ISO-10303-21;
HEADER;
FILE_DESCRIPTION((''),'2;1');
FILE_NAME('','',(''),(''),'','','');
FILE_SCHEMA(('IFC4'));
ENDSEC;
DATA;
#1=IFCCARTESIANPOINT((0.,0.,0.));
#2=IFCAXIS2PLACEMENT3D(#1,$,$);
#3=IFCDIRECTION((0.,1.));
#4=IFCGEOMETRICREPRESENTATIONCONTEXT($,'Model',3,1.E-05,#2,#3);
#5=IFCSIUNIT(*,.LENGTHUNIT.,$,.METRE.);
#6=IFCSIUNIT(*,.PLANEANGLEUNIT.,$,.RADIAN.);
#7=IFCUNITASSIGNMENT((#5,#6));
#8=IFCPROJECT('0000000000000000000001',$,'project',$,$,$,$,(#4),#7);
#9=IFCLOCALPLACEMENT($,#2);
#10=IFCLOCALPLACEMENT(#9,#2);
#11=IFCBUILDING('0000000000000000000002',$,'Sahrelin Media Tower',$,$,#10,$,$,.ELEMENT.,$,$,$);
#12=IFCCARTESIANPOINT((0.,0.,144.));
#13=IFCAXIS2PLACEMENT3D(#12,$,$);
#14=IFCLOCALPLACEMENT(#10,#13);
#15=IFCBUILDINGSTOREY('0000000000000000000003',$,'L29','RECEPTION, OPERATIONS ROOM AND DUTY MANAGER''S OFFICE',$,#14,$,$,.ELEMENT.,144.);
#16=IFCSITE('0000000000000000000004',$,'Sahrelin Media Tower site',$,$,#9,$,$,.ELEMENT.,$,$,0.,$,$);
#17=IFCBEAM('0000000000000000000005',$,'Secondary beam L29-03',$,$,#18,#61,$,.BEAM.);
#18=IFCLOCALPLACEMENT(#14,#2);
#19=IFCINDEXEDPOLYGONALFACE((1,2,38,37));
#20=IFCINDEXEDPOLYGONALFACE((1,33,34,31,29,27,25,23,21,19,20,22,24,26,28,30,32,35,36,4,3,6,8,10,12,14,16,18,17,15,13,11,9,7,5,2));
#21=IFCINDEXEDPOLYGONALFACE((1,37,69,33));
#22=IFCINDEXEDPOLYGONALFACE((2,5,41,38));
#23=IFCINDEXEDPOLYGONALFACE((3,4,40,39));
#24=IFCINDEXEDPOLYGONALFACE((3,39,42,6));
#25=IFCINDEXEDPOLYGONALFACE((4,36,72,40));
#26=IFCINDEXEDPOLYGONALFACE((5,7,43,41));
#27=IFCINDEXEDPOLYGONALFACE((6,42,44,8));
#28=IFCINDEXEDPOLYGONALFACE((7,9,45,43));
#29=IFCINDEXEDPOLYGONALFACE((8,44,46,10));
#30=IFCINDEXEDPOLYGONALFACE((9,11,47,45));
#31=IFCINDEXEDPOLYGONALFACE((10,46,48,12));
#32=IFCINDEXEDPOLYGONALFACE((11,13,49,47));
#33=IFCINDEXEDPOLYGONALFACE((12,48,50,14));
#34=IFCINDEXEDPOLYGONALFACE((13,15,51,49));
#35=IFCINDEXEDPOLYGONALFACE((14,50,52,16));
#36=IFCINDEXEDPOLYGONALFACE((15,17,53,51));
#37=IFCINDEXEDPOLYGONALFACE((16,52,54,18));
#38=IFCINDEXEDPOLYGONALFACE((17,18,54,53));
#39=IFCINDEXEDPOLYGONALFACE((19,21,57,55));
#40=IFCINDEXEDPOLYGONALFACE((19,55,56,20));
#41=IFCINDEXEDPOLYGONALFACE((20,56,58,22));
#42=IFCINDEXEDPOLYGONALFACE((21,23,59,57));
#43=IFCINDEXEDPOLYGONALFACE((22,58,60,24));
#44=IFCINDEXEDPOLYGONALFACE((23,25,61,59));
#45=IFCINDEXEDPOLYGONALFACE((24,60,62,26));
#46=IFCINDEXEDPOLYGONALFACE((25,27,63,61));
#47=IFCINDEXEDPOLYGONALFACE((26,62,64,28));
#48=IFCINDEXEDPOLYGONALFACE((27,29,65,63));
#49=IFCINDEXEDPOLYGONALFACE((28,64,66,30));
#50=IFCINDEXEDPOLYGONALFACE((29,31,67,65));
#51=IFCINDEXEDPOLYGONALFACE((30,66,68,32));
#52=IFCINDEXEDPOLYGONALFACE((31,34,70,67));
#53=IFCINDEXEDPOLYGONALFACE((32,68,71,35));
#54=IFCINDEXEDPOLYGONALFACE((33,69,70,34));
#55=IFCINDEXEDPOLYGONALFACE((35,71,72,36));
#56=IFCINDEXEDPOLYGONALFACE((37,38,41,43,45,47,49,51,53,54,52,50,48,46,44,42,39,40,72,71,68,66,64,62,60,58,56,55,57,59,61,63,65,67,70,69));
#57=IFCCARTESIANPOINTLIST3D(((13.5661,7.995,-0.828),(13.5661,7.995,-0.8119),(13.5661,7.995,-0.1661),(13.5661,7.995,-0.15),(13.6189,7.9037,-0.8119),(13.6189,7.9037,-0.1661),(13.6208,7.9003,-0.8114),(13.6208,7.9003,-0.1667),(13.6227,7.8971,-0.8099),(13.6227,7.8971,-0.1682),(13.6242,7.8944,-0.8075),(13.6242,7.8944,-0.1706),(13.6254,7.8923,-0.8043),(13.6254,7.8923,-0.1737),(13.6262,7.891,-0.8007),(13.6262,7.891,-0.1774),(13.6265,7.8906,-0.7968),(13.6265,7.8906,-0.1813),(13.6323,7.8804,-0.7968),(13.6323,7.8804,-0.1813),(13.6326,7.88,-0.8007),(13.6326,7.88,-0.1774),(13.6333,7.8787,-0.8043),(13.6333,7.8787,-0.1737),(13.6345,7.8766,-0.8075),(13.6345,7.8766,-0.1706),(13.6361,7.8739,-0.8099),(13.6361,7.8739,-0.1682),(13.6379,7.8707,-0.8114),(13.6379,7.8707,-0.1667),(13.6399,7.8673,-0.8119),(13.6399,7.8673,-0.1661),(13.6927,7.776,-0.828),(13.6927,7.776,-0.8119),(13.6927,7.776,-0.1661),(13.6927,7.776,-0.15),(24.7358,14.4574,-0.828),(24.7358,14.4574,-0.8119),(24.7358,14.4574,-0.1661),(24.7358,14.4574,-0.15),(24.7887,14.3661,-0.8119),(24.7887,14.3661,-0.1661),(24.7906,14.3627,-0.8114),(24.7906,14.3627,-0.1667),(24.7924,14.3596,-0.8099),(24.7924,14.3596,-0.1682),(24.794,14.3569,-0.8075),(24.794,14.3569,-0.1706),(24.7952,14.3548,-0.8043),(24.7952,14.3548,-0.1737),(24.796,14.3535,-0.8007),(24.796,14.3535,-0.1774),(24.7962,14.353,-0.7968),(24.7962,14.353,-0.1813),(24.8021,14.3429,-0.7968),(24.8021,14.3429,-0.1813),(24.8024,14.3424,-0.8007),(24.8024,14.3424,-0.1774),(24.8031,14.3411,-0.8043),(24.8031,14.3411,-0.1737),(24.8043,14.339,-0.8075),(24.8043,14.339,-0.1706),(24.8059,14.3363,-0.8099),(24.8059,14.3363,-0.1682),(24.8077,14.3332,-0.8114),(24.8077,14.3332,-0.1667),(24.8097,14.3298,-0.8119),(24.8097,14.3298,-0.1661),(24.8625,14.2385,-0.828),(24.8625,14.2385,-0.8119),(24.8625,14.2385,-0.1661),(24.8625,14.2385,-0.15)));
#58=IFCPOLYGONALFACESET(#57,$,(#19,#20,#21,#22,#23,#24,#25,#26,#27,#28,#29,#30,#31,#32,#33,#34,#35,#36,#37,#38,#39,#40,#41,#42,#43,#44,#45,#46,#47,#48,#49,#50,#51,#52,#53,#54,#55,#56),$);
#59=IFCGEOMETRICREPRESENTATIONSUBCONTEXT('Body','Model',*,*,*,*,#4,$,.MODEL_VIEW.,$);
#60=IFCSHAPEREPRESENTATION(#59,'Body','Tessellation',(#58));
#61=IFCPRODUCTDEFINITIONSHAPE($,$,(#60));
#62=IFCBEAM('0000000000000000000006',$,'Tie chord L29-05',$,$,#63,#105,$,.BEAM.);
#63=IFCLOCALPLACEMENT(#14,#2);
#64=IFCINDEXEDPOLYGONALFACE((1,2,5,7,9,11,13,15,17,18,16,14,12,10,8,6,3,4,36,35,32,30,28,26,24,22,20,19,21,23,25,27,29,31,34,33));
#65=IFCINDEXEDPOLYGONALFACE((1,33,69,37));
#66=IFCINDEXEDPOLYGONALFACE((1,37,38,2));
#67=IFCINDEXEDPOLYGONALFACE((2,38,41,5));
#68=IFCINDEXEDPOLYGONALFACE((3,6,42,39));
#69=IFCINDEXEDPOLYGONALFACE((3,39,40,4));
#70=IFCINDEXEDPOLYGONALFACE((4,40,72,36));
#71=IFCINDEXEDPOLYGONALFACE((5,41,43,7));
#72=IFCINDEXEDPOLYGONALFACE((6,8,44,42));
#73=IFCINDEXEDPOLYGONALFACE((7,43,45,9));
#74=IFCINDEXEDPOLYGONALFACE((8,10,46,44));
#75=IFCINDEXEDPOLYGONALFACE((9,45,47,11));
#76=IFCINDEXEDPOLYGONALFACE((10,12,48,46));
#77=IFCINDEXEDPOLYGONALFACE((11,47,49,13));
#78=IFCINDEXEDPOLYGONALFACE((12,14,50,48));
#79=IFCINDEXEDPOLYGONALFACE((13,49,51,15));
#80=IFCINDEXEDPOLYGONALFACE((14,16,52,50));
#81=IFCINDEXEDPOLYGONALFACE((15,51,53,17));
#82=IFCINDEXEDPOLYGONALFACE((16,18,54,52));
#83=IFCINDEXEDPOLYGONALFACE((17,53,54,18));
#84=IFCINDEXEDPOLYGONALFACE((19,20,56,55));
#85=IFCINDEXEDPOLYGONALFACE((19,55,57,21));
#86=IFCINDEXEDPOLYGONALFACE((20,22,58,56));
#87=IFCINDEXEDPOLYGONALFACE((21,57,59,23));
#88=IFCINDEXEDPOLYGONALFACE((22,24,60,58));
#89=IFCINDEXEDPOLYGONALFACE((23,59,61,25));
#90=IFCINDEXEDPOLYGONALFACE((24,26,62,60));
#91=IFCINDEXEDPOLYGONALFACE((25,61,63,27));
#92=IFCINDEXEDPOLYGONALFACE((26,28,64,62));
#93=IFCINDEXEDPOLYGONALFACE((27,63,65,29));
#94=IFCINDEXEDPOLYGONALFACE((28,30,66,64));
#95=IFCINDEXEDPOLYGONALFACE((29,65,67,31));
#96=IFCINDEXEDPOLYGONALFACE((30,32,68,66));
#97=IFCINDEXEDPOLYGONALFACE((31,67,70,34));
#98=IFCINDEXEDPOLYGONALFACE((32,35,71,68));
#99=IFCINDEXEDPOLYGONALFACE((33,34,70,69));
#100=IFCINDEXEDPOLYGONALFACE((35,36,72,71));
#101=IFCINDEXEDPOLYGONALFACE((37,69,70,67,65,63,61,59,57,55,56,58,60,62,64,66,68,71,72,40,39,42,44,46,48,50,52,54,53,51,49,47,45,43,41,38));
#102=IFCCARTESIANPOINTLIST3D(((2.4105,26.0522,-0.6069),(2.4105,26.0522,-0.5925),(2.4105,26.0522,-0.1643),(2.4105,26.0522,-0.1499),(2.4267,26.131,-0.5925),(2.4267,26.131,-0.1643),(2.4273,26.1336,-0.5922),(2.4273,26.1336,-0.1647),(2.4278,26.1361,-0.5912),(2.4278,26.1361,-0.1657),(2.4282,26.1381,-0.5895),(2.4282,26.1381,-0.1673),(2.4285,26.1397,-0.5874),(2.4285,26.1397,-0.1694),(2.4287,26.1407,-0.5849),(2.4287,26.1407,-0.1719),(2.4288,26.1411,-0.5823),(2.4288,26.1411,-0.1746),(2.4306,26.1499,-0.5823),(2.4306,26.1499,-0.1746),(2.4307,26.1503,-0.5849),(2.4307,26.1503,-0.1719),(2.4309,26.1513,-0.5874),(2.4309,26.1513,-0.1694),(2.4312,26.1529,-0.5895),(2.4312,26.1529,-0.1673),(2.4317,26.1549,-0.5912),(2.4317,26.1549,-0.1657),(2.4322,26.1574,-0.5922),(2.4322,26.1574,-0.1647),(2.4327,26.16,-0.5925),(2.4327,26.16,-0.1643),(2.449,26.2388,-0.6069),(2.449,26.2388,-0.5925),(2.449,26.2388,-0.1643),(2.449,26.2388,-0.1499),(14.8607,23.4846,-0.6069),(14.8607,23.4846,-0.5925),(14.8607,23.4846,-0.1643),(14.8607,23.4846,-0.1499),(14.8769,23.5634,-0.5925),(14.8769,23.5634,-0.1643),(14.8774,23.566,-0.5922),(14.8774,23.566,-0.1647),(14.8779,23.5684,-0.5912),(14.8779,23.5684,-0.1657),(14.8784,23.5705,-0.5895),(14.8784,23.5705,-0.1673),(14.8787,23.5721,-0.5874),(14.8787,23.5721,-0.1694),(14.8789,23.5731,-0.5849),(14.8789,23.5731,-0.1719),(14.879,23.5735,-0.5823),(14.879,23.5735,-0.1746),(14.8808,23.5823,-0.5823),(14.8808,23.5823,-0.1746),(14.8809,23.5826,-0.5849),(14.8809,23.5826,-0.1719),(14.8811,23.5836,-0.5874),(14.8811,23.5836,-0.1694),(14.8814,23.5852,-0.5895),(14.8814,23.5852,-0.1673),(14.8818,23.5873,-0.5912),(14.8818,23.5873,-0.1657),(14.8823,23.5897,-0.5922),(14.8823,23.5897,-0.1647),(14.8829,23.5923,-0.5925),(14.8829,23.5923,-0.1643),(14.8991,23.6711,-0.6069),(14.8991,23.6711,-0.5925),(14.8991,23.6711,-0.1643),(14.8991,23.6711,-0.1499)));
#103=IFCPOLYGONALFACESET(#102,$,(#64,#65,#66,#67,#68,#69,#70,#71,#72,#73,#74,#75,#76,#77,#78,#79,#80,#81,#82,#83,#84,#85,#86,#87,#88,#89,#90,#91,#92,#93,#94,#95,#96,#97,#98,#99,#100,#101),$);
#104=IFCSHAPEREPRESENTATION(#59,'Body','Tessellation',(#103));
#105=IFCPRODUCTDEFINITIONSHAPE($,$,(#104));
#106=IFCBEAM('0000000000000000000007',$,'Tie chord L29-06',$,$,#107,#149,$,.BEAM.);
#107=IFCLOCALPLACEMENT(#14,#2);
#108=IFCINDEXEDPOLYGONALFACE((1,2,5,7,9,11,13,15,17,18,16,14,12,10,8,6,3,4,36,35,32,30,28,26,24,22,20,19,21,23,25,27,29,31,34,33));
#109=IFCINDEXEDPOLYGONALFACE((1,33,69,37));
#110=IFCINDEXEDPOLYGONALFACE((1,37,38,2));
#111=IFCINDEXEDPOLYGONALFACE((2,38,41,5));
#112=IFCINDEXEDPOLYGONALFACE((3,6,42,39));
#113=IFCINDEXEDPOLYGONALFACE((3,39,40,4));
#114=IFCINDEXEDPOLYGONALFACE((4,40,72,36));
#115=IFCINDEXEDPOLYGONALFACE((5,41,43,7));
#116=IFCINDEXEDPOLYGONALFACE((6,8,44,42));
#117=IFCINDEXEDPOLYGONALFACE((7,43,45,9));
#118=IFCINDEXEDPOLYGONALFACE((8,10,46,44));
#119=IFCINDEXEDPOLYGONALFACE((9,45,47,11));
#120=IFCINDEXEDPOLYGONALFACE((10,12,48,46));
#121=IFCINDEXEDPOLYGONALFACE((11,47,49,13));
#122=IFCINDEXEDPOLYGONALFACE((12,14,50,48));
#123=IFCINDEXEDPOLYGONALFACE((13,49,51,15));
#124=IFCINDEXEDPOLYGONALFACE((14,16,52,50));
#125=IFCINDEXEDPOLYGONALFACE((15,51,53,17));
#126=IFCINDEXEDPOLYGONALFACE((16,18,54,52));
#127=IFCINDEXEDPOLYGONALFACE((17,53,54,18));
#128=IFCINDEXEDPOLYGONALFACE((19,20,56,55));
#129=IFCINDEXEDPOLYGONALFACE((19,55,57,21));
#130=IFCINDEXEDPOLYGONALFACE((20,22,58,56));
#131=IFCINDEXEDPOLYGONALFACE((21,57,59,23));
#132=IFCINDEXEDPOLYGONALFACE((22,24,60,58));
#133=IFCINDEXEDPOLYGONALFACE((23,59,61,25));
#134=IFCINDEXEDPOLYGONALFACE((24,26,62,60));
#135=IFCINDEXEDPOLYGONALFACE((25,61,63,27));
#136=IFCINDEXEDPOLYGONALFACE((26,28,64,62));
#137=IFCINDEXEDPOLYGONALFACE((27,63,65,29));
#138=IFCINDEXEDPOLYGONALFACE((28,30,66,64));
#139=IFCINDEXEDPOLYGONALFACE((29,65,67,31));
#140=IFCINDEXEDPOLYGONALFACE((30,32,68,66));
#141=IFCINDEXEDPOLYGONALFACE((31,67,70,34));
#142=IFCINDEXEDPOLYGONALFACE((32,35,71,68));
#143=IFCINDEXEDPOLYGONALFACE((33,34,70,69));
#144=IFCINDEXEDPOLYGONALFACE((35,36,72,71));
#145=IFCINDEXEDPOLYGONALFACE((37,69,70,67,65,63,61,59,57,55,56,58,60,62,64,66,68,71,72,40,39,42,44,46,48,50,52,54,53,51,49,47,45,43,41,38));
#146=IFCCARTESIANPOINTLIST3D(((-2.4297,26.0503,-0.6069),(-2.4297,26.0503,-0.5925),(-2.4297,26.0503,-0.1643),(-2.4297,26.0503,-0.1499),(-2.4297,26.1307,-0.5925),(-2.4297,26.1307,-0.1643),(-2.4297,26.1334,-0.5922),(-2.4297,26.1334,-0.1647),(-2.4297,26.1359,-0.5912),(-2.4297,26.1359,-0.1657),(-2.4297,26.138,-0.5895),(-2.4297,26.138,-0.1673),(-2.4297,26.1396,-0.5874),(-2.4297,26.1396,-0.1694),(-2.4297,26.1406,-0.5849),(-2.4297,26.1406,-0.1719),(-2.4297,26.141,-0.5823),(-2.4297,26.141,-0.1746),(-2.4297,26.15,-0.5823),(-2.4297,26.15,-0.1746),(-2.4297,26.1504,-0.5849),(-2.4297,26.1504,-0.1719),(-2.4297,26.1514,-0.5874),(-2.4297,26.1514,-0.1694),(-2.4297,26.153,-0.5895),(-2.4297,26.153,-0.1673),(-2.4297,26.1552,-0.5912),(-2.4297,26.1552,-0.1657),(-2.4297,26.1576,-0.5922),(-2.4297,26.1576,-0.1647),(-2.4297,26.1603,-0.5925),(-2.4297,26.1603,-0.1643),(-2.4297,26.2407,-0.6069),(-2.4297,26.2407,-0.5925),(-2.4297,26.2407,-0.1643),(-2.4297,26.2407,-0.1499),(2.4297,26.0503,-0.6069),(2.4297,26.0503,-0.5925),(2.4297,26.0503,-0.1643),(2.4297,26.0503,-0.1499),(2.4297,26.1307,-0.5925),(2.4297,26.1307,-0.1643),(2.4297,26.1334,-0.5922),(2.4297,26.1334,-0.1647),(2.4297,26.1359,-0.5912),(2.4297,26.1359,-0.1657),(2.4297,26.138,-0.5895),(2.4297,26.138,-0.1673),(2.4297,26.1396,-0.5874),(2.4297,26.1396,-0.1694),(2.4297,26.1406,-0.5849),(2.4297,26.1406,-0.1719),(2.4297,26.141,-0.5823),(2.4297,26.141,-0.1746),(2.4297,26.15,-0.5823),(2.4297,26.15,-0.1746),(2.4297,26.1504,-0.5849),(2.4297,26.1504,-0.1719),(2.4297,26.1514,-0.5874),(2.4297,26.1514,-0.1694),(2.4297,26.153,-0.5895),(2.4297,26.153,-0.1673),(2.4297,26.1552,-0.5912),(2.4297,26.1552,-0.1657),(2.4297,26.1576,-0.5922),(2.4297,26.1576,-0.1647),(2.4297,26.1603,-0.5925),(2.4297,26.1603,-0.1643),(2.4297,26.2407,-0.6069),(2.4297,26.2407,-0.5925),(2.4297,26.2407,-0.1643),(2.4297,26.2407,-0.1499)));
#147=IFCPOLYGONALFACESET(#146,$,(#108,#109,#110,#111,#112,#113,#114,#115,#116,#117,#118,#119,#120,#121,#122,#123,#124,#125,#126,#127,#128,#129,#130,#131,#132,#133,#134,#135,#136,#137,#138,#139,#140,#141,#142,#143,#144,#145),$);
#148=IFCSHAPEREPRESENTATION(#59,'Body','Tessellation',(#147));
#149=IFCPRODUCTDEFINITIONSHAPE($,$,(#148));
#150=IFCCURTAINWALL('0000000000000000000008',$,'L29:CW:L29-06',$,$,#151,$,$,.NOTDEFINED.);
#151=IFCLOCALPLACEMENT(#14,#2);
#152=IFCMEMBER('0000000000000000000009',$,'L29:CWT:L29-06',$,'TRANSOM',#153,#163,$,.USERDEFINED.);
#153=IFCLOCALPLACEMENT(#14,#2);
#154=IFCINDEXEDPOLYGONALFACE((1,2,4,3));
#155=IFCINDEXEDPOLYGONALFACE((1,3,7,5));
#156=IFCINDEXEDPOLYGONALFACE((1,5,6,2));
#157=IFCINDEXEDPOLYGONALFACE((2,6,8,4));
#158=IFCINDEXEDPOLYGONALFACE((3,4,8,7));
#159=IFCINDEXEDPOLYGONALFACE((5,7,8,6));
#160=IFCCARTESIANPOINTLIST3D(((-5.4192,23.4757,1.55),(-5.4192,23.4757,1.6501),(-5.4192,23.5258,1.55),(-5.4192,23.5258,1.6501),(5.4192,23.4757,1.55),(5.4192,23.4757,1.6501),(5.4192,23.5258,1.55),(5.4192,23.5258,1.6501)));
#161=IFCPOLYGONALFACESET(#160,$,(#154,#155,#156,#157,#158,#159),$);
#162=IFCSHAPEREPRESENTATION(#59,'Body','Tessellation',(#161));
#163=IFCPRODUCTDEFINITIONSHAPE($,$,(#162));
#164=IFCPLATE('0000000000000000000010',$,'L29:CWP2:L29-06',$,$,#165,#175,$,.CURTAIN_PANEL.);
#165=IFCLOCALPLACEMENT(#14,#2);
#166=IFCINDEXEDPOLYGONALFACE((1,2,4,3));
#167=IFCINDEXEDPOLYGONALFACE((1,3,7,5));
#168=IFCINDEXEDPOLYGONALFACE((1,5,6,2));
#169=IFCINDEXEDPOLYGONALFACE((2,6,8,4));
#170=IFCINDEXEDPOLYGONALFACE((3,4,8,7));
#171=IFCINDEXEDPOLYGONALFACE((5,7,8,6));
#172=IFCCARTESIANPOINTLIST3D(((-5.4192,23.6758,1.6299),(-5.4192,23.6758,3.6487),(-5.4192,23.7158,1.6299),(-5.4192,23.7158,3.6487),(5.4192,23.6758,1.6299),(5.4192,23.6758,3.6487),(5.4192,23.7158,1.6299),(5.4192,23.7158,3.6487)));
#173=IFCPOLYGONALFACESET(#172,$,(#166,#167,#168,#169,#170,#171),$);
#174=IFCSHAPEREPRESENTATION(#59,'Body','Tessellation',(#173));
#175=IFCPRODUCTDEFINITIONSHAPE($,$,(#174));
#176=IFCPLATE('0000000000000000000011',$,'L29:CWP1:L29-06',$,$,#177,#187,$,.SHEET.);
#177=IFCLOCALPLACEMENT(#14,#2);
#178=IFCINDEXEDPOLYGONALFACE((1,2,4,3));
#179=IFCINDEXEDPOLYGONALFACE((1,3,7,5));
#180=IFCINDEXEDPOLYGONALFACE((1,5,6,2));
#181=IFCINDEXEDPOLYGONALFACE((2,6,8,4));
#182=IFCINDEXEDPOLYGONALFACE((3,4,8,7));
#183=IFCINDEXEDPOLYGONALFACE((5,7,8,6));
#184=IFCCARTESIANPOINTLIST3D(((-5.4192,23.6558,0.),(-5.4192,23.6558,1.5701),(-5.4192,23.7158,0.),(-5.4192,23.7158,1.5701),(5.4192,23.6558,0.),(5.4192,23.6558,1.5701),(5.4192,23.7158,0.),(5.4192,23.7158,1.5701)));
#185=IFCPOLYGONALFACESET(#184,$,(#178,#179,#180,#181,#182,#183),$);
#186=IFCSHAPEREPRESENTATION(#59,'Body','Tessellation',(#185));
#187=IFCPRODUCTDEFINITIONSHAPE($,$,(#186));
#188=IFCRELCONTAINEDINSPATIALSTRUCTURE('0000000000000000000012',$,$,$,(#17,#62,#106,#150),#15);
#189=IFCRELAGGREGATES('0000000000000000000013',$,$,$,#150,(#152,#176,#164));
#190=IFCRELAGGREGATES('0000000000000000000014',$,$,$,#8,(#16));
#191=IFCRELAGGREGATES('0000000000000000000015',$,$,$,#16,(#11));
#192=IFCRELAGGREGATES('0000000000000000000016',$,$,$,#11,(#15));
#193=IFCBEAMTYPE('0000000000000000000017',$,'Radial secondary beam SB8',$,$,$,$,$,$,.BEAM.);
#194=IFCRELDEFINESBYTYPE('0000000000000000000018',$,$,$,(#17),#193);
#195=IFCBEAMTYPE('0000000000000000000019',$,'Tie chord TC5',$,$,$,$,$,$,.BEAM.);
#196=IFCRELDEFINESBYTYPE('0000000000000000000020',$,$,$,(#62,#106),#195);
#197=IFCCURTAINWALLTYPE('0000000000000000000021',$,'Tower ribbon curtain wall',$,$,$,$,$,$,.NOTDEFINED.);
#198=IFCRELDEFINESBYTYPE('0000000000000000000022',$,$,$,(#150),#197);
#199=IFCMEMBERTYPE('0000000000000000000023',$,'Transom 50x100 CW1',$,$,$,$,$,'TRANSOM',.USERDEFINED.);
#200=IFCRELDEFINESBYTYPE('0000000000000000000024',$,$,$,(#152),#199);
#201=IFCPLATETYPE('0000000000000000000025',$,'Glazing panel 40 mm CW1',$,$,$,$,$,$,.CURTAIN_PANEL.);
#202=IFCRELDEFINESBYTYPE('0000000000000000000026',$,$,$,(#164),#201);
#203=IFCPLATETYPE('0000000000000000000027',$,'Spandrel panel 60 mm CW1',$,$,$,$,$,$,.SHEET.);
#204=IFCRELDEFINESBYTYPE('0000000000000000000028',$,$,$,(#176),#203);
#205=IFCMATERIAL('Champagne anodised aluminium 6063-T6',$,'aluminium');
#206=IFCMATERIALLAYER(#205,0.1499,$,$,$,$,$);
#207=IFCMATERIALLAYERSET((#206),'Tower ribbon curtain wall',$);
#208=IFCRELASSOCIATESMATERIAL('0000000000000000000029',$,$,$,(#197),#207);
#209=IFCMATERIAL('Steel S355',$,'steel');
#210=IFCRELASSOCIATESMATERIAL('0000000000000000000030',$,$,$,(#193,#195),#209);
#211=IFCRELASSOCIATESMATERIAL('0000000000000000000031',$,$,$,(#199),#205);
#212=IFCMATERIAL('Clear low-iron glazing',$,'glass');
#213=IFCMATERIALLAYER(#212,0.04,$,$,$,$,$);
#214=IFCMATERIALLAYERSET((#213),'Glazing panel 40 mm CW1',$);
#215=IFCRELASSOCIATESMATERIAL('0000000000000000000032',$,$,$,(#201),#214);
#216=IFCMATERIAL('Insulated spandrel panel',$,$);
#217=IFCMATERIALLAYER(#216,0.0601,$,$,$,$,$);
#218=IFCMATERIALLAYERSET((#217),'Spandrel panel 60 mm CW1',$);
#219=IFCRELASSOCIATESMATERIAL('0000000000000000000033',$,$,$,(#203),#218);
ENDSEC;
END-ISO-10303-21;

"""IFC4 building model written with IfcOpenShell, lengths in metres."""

from ifc_helpers import new_model, si_unit, direction, frame, origin, origin_2d, place, context, subcontext, project, spatial, polyline, rectangle, i_section, outline, extrude, material, layer, layer_set, material_profile, profile_set, type_object, element, aggregate, save


model = new_model("IFC4")

# Units and contexts
model_context = context("Model", 3, precision=1e-05, world=origin(), true_north=direction((0.0, 1.0)))
body_context = subcontext(model_context, "Body", "Model", "MODEL_VIEW")
ifc_project = project(units=[si_unit("LENGTHUNIT", "METRE"), si_unit("PLANEANGLEUNIT", "RADIAN")], contexts=[model_context])

# Site, building, storey
site_placement = place(None, origin())
site = spatial("IfcSite", under=ifc_project, at=site_placement, Name="Sahrelin Media Tower site", CompositionType="ELEMENT", RefElevation=0.0)
building_placement = place(site_placement, origin())
building = spatial("IfcBuilding", under=site, at=building_placement, Name="Sahrelin Media Tower", CompositionType="ELEMENT")
storey_placement = place(building_placement, frame((0.0, 0.0, 144.0)))
storey = spatial("IfcBuildingStorey", under=building, at=storey_placement, Name="L29", Description="RECEPTION, OPERATIONS ROOM AND DUTY MANAGER'S OFFICE", CompositionType="ELEMENT", Elevation=144.0)

# Shared definitions
ifc_material_1 = material(Name="Steel S355", Category="steel")

# Shared definitions
ifc_material_2 = material(Name="Champagne anodised aluminium 6063-T6", Category="aluminium")
ifc_layer_1 = layer(ifc_material_2, 0.1499)
ifc_layer_set_1 = layer_set([ifc_layer_1], Name="Tower ribbon curtain wall")
curtain_wall_type = type_object("IfcCurtainWallType", Name="Tower ribbon curtain wall", PredefinedType="NOTDEFINED", material=ifc_layer_set_1)

# Beams
ifc_material_profile_1 = material_profile(ifc_material_1, i_section(OverallWidth=0.2529, OverallDepth=0.678, WebThickness=0.0117, FlangeThickness=0.0161, FilletRadius=0.0151, at=origin_2d()), Name="UB 686x254x125")
ifc_profile_set_1 = profile_set([ifc_material_profile_1], Name="Steel S355")
beam_type_1 = type_object("IfcBeamType", Name="Radial secondary beam SB8", PredefinedType="BEAM", material=ifc_profile_set_1)
beam_1_placement = place(storey_placement, frame((13.6294, 7.8855, -0.489), z_axis=(0.865569, 0.500789, 0.0), x_axis=(-0.500789, 0.865569, 0.0)))
element("IfcBeam", 1, at=beam_1_placement, inside=storey, type_object=beam_type_1, Name="Secondary beam L29-03", PredefinedType="BEAM", context=body_context, shape_type="SweptSolid", body=[
    extrude(i_section(OverallWidth=0.2529, OverallDepth=0.678, WebThickness=0.0117, FlangeThickness=0.0161, FilletRadius=0.0151, at=origin_2d()), origin(), (0.0, 0.0, 1.0), 12.9045),
])
ifc_material_profile_2 = material_profile(ifc_material_1, i_section(OverallWidth=0.1904, OverallDepth=0.457, WebThickness=0.009, FlangeThickness=0.0144, FilletRadius=0.0103, at=origin_2d()), Name="UB 457x191x74")
ifc_profile_set_2 = profile_set([ifc_material_profile_2], Name="Steel S355")
beam_type_2 = type_object("IfcBeamType", Name="Tie chord TC5", PredefinedType="BEAM", material=ifc_profile_set_2)
beam_2_placement = place(storey_placement, frame((14.8799, 23.5779, -0.3784), z_axis=(-0.979389, 0.201981, 0.0), x_axis=(-0.201981, -0.979389, 0.0)))
element("IfcBeam", 2, at=beam_2_placement, inside=storey, type_object=beam_type_2, Name="Tie chord L29-05", PredefinedType="BEAM", context=body_context, shape_type="SweptSolid", body=[
    extrude(i_section(OverallWidth=0.1904, OverallDepth=0.457, WebThickness=0.009, FlangeThickness=0.0144, FilletRadius=0.0103, at=origin_2d()), origin(), (0.0, 0.0, 1.0), 12.7122),
])
beam_3_placement = place(storey_placement, frame((2.4297, 26.1455, -0.3784), z_axis=(-1.0, 0.0, 0.0), x_axis=(0.0, -1.0, 0.0)))
element("IfcBeam", 3, at=beam_3_placement, inside=storey, type_object=beam_type_2, Name="Tie chord L29-06", PredefinedType="BEAM", context=body_context, shape_type="SweptSolid", body=[
    extrude(i_section(OverallWidth=0.1904, OverallDepth=0.457, WebThickness=0.009, FlangeThickness=0.0144, FilletRadius=0.0103, at=origin_2d()), origin(), (0.0, 0.0, 1.0), 4.8594),
])

# Curtain wall, member, plates
placement_1 = place(storey_placement, frame((0.0, 23.6958, 0.0), z_axis=(0.0, 0.0, 1.0), x_axis=(1.0, 0.0, 0.0)))
curtain_wall_1 = element("IfcCurtainWall", 4, at=placement_1, inside=storey, type_object=curtain_wall_type, Name="L29:CW:L29-06", PredefinedType="NOTDEFINED")
ifc_material_profile_3 = material_profile(ifc_material_2, rectangle(XDim=0.05, YDim=0.1001, at=origin_2d()), Name="Transom 50x100")
ifc_profile_set_3 = profile_set([ifc_material_profile_3], Name="Champagne anodised aluminium 6063-T6")
member_type_1 = type_object("IfcMemberType", Name="Transom 50x100 CW1", ElementType="TRANSOM", PredefinedType="USERDEFINED", material=ifc_profile_set_3)
member_1_placement = place(storey_placement, frame((5.4192, 23.5007, 1.6001), z_axis=(-1.0, 0.0, 0.0), x_axis=(0.0, -1.0, 0.0)))
member_1 = element("IfcMember", 5, at=member_1_placement, type_object=member_type_1, Name="L29:CWT:L29-06", ObjectType="TRANSOM", PredefinedType="USERDEFINED", context=body_context, shape_type="SweptSolid", body=[
    extrude(rectangle(XDim=0.05, YDim=0.1001, at=origin_2d()), origin(), (0.0, 0.0, 1.0), 10.8384),
])
ifc_material_3 = material(Name="Clear low-iron glazing", Category="glass")
ifc_layer_2 = layer(ifc_material_3, 0.04)
ifc_layer_set_2 = layer_set([ifc_layer_2], Name="Glazing panel 40 mm CW1")
plate_type_1 = type_object("IfcPlateType", Name="Glazing panel 40 mm CW1", PredefinedType="CURTAIN_PANEL", material=ifc_layer_set_2)
plate_1_placement = place(storey_placement, frame((5.4192, 23.7158, 1.6299), z_axis=(0.0, 1.0, 0.0), x_axis=(-1.0, 0.0, 0.0)))
plate_1 = element("IfcPlate", 6, at=plate_1_placement, type_object=plate_type_1, Name="L29:CWP2:L29-06", PredefinedType="CURTAIN_PANEL", context=body_context, shape_type="SweptSolid", body=[
    extrude(outline(polyline([(0.0, 0.0), (10.8384, 0.0), (10.8384, 2.0188), (0.0, 2.0188), (0.0, 0.0)])), origin(), (0.0, 0.0, -1.0), 0.04),
])
ifc_material_4 = material(Name="Insulated spandrel panel")
ifc_layer_3 = layer(ifc_material_4, 0.0601)
ifc_layer_set_3 = layer_set([ifc_layer_3], Name="Spandrel panel 60 mm CW1")
plate_type_2 = type_object("IfcPlateType", Name="Spandrel panel 60 mm CW1", PredefinedType="SHEET", material=ifc_layer_set_3)
plate_2_placement = place(storey_placement, frame((5.4192, 23.7158, 0.0), z_axis=(0.0, 1.0, 0.0), x_axis=(-1.0, 0.0, 0.0)))
plate_2 = element("IfcPlate", 7, at=plate_2_placement, type_object=plate_type_2, Name="L29:CWP1:L29-06", PredefinedType="SHEET", context=body_context, shape_type="SweptSolid", body=[
    extrude(outline(polyline([(0.0, 0.0), (10.8384, 0.0), (10.8384, 1.5701), (0.0, 1.5701), (0.0, 0.0)])), origin(), (0.0, 0.0, -1.0), 0.0601),
])
aggregate(curtain_wall_1, [member_1, plate_2, plate_1])

save(model, "model.ifc")
